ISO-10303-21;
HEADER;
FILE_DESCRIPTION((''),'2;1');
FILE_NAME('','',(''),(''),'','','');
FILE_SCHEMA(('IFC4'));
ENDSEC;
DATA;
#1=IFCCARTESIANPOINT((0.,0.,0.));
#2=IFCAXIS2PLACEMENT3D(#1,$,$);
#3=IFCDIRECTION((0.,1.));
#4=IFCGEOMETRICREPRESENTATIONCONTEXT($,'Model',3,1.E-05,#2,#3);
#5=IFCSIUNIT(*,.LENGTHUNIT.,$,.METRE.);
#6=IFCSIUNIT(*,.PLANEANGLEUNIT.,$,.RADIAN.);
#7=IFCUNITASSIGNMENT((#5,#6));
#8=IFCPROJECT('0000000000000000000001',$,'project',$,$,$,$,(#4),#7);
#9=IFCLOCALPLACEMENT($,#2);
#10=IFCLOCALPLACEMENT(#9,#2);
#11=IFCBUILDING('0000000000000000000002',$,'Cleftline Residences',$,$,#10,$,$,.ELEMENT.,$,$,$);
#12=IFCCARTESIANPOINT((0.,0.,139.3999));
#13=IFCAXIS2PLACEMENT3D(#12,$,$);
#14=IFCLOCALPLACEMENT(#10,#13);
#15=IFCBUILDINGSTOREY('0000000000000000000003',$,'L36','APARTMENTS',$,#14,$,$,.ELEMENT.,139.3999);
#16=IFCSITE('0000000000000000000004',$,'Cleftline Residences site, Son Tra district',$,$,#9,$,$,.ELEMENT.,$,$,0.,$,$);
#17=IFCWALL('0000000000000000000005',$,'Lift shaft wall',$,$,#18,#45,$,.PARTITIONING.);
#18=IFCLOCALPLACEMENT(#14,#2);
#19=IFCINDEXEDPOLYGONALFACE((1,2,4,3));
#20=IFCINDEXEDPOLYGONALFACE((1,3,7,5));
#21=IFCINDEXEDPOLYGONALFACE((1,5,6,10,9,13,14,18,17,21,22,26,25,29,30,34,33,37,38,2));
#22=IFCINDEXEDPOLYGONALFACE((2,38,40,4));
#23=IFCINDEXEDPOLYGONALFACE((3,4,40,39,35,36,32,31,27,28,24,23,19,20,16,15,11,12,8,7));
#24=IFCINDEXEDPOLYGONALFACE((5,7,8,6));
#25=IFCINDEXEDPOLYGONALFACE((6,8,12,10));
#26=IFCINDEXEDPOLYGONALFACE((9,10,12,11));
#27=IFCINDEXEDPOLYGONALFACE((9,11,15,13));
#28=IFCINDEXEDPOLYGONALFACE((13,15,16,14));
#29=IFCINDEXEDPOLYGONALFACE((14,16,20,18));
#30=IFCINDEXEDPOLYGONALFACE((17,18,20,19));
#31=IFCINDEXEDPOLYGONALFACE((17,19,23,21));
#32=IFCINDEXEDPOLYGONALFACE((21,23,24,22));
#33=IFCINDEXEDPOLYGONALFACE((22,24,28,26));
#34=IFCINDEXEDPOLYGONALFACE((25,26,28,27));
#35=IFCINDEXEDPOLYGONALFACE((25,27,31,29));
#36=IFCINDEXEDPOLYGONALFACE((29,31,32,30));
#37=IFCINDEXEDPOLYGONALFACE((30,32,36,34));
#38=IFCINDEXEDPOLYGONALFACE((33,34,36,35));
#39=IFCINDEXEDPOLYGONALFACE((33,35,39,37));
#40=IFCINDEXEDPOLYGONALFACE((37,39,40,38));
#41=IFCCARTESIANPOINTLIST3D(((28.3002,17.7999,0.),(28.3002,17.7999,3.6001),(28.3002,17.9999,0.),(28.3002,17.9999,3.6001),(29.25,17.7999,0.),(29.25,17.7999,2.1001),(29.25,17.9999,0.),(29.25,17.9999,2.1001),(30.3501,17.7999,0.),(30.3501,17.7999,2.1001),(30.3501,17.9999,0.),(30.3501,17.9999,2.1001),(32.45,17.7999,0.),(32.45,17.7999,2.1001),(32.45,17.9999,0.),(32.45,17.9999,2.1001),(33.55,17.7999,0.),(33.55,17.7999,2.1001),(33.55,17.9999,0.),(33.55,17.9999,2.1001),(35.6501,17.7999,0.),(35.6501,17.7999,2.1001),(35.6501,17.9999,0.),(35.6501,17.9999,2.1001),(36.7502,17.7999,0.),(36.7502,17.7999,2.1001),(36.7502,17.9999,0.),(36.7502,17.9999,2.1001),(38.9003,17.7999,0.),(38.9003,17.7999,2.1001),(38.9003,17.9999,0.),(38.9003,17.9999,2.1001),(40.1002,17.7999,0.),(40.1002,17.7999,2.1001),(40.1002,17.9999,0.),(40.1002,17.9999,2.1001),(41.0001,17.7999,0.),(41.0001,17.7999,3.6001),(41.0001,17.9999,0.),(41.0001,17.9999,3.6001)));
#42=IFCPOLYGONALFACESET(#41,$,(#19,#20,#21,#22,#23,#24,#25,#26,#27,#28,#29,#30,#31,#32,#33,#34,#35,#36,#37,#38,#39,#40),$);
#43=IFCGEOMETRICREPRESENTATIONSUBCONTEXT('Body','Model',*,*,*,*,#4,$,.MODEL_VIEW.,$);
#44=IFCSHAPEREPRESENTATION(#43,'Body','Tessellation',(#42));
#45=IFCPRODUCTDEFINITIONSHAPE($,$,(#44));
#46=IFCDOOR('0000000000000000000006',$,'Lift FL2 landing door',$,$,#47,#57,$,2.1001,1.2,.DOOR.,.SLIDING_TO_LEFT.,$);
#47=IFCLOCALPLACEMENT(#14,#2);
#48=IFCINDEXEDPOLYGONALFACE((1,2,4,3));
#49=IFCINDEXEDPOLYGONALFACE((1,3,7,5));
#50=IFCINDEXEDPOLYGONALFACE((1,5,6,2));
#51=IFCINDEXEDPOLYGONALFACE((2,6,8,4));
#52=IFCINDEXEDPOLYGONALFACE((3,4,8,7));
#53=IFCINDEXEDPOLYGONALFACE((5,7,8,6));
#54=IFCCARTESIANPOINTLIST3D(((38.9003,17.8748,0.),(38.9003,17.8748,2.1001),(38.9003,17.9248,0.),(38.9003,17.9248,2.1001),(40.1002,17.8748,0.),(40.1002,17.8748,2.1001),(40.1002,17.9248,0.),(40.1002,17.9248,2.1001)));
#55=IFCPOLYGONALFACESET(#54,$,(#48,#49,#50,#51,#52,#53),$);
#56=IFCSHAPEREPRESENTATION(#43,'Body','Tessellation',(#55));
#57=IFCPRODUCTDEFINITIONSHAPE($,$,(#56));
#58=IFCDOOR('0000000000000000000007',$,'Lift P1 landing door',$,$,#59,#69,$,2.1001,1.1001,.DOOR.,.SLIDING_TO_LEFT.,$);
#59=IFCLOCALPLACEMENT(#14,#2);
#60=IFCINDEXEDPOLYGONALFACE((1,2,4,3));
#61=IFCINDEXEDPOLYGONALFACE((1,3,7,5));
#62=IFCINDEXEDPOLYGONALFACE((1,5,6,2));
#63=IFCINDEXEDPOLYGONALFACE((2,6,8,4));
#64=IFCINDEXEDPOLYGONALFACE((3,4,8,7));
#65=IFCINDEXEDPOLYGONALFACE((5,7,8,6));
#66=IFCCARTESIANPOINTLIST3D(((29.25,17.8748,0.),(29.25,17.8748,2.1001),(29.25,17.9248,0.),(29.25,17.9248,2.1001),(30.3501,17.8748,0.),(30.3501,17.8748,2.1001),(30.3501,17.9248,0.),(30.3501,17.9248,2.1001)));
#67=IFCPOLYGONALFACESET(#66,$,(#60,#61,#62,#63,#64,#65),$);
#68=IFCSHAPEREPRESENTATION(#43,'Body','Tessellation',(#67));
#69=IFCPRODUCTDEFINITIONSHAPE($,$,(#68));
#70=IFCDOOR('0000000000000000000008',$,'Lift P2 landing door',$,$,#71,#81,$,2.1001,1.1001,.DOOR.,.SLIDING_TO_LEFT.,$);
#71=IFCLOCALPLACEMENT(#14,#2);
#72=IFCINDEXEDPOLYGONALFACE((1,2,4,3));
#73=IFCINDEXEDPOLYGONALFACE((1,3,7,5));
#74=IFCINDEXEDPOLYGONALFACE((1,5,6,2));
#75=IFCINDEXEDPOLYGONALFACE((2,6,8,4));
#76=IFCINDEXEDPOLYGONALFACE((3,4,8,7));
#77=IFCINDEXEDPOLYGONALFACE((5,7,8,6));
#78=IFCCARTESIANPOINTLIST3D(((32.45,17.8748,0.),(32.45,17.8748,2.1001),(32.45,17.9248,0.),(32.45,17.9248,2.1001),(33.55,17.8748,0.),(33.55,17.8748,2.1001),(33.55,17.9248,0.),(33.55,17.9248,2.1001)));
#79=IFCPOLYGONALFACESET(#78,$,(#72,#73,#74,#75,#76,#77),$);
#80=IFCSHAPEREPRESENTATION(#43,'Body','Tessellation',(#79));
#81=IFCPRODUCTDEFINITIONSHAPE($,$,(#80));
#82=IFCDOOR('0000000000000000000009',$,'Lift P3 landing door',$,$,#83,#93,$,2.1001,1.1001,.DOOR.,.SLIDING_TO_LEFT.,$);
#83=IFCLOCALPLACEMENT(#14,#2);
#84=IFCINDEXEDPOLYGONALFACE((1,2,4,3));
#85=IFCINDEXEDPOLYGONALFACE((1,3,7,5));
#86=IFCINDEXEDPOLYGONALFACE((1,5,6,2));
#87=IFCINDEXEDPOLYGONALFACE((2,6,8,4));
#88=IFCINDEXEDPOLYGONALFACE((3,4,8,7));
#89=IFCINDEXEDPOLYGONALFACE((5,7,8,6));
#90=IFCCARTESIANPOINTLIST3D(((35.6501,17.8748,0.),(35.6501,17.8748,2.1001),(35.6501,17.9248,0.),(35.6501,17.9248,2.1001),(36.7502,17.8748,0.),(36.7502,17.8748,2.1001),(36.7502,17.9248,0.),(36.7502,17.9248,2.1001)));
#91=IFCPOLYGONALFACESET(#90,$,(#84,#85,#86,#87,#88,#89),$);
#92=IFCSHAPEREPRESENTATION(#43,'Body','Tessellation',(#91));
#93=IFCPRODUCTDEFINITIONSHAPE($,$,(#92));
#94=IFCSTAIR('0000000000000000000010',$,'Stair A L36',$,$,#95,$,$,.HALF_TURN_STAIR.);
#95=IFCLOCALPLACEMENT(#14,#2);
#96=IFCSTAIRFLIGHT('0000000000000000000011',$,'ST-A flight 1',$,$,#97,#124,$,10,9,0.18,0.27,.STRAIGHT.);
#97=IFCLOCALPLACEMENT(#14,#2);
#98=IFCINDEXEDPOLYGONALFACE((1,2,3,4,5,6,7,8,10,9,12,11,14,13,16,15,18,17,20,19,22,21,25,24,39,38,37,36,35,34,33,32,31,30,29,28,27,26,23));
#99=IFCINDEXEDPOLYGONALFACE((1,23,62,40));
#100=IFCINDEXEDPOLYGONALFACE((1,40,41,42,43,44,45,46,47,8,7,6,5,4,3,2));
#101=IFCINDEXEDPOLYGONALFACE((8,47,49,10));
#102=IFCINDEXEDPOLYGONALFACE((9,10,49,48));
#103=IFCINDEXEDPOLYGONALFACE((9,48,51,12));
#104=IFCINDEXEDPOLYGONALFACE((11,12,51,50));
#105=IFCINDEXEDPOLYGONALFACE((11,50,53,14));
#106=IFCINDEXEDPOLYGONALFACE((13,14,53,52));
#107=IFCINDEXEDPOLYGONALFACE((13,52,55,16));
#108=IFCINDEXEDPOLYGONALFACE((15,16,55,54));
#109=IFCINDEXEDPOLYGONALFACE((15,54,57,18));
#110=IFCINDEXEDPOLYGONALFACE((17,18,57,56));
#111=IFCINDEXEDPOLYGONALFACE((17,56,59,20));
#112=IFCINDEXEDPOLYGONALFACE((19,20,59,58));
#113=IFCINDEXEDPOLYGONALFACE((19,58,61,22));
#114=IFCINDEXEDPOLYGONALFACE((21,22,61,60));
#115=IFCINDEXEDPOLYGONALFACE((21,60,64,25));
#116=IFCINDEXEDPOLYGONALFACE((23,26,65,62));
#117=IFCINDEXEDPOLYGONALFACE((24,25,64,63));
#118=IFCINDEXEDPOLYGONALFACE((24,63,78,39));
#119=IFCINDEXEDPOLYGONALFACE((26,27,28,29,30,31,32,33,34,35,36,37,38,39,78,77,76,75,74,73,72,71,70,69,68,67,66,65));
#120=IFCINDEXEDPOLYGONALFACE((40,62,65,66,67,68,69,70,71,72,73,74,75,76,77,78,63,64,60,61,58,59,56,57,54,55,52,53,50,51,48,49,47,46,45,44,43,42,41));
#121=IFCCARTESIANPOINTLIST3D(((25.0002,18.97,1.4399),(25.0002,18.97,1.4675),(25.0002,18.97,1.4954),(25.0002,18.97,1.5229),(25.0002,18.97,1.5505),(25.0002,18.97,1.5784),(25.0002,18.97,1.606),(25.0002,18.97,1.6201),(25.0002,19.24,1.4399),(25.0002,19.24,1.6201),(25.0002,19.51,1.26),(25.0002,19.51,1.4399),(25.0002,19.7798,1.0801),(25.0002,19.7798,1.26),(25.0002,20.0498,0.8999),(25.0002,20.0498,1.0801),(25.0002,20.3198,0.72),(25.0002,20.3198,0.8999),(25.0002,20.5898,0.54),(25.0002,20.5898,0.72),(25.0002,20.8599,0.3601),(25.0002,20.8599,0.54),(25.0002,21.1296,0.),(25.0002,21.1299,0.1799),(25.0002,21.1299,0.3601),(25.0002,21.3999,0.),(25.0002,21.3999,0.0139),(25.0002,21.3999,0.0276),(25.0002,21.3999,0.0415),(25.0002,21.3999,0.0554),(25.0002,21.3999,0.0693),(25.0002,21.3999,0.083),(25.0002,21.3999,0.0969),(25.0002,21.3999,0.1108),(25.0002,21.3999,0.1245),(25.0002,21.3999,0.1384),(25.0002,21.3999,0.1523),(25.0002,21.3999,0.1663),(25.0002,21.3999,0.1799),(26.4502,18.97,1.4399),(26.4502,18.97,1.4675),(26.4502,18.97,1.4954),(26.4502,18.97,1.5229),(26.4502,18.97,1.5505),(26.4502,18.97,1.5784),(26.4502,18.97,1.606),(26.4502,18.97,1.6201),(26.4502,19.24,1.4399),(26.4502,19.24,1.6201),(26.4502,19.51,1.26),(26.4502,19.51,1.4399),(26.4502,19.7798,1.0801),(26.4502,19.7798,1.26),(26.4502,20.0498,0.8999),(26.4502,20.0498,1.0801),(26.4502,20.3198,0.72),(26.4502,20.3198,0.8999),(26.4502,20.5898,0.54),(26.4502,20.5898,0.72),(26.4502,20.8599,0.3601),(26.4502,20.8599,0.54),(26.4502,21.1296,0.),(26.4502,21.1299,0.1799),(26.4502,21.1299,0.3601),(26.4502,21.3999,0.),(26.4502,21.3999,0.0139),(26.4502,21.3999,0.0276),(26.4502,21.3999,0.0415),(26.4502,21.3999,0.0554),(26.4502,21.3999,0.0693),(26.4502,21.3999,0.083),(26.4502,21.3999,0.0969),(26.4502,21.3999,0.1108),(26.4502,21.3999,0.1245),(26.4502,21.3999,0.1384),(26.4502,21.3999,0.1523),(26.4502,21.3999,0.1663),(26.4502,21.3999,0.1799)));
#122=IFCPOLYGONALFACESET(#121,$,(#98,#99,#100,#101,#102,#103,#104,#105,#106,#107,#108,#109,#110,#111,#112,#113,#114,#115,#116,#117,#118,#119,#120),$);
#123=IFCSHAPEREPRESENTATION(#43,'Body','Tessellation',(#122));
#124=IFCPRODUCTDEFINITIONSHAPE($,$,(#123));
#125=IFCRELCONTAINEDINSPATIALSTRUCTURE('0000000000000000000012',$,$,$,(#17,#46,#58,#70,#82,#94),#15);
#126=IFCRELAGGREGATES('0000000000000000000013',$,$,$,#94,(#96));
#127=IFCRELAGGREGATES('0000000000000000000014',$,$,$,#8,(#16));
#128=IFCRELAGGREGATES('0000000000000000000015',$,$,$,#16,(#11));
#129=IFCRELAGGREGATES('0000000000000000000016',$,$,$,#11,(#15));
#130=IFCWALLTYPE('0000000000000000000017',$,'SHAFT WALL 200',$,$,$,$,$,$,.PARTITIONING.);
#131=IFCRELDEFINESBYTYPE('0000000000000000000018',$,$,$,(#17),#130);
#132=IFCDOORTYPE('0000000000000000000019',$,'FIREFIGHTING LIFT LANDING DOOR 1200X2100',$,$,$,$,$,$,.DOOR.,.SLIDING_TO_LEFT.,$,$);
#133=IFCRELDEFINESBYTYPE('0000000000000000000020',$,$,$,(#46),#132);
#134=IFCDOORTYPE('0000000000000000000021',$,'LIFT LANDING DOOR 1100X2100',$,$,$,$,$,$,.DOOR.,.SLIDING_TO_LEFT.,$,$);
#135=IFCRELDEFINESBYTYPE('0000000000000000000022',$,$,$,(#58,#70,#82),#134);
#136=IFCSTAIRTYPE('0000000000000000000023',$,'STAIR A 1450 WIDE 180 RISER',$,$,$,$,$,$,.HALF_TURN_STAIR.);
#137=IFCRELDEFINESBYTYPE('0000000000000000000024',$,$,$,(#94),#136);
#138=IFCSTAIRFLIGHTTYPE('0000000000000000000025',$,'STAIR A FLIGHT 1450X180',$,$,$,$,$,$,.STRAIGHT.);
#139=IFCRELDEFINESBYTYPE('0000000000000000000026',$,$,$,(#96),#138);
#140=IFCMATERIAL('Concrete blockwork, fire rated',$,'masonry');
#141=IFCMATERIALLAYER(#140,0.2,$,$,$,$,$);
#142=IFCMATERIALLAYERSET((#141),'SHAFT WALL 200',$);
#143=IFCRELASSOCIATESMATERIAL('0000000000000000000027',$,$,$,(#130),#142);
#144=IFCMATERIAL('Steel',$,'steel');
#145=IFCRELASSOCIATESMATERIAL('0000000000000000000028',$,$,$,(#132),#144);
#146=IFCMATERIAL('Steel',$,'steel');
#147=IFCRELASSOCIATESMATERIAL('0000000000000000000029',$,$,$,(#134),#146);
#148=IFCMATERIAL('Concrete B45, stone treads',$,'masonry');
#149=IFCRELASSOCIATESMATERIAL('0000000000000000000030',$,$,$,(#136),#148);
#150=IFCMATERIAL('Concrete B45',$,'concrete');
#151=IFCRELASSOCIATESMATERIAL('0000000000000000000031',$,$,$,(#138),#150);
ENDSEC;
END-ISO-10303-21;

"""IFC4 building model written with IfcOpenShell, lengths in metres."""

from ifc_helpers import new_model, si_unit, direction, frame, frame_2d, origin, place, context, subcontext, project, spatial, polyline, rectangle, outline, extrude, material, layer, layer_set, type_object, element, fill, aggregate, save


model = new_model("IFC4")

# Units and contexts
model_context = context("Model", 3, precision=1e-05, world=origin(), true_north=direction((0.0, 1.0)))
body_context = subcontext(model_context, "Body", "Model", "MODEL_VIEW")
ifc_project = project(units=[si_unit("LENGTHUNIT", "METRE"), si_unit("PLANEANGLEUNIT", "RADIAN")], contexts=[model_context])

# Site, building, storey
site_placement = place(None, origin())
site = spatial("IfcSite", under=ifc_project, at=site_placement, Name="Cleftline Residences site, Son Tra district", CompositionType="ELEMENT", RefElevation=0.0)
building_placement = place(site_placement, origin())
building = spatial("IfcBuilding", under=site, at=building_placement, Name="Cleftline Residences", CompositionType="ELEMENT")
storey_placement = place(building_placement, frame((0.0, 0.0, 139.3999)))
storey = spatial("IfcBuildingStorey", under=building, at=storey_placement, Name="L36", Description="APARTMENTS", CompositionType="ELEMENT", Elevation=139.3999)

# Wall, openings, doors
ifc_material_1 = material(Name="Concrete blockwork, fire rated", Category="masonry")
ifc_layer_1 = layer(ifc_material_1, 0.2)
ifc_layer_set_1 = layer_set([ifc_layer_1], Name="SHAFT WALL 200")
wall_type_1 = type_object("IfcWallType", Name="SHAFT WALL 200", PredefinedType="PARTITIONING", material=ifc_layer_set_1)
wall_1_placement = place(storey_placement, frame((28.3, 17.8999, 0.0), z_axis=(0.0, 0.0, 1.0), x_axis=(1.0, 0.0, 0.0)))
wall_1 = element("IfcWall", 1, at=wall_1_placement, inside=storey, type_object=wall_type_1, Name="Lift shaft wall", PredefinedType="PARTITIONING", context=body_context, shape_type="SweptSolid", body=[
    extrude(rectangle(XDim=12.7, YDim=0.2, at=frame_2d((6.3501, 0.0))), origin(), (0.0, 0.0, 1.0), 3.6001),
])
opening_1_placement = place(wall_1_placement, frame((0.95, 0.0, 0.0)))
opening_1 = element("IfcOpeningElement", 2, at=opening_1_placement, cuts=wall_1, PredefinedType="OPENING", context=body_context, shape_type="SweptSolid", body=[
    extrude(rectangle(XDim=1.1001, YDim=2.1001, at=frame_2d((0.55, 1.05))), frame((0.0, 0.1099, 0.0), z_axis=(0.0, -1.0, 0.0), x_axis=(1.0, 0.0, 0.0)), (0.0, 0.0, 1.0), 0.22),
])
opening_2_placement = place(wall_1_placement, frame((4.1499, 0.0, 0.0)))
opening_2 = element("IfcOpeningElement", 3, at=opening_2_placement, cuts=wall_1, PredefinedType="OPENING", context=body_context, shape_type="SweptSolid", body=[
    extrude(rectangle(XDim=1.1001, YDim=2.1001, at=frame_2d((0.55, 1.05))), frame((0.0, 0.1099, 0.0), z_axis=(0.0, -1.0, 0.0), x_axis=(1.0, 0.0, 0.0)), (0.0, 0.0, 1.0), 0.22),
])
opening_3_placement = place(wall_1_placement, frame((7.3501, 0.0, 0.0)))
opening_3 = element("IfcOpeningElement", 4, at=opening_3_placement, cuts=wall_1, PredefinedType="OPENING", context=body_context, shape_type="SweptSolid", body=[
    extrude(rectangle(XDim=1.1001, YDim=2.1001, at=frame_2d((0.55, 1.05))), frame((0.0, 0.1099, 0.0), z_axis=(0.0, -1.0, 0.0), x_axis=(1.0, 0.0, 0.0)), (0.0, 0.0, 1.0), 0.22),
])
opening_4_placement = place(wall_1_placement, frame((10.6001, 0.0, 0.0)))
opening_4 = element("IfcOpeningElement", 5, at=opening_4_placement, cuts=wall_1, PredefinedType="OPENING", context=body_context, shape_type="SweptSolid", body=[
    extrude(rectangle(XDim=1.2, YDim=2.1001, at=frame_2d((0.6001, 1.05))), frame((0.0, 0.1099, 0.0), z_axis=(0.0, -1.0, 0.0), x_axis=(1.0, 0.0, 0.0)), (0.0, 0.0, 1.0), 0.22),
])
ifc_material_2 = material(Name="Steel", Category="steel")
door_type_1 = type_object("IfcDoorType", Name="FIREFIGHTING LIFT LANDING DOOR 1200X2100", OperationType="SLIDING_TO_LEFT", PredefinedType="DOOR", material=ifc_material_2)
door_1_placement = place(opening_4_placement, origin())
door_1 = element("IfcDoor", 6, at=door_1_placement, inside=storey, type_object=door_type_1, Name="Lift FL2 landing door", OperationType="SLIDING_TO_LEFT", OverallHeight=2.1001, OverallWidth=1.2, PredefinedType="DOOR", context=body_context, shape_type="SweptSolid", body=[
    extrude(rectangle(XDim=1.2, YDim=2.1001, at=frame_2d((0.6001, 1.05))), frame((0.0, 0.0249, 0.0), z_axis=(0.0, -1.0, 0.0), x_axis=(1.0, 0.0, 0.0)), (0.0, 0.0, 1.0), 0.05),
])
fill(opening_4, door_1)
ifc_material_3 = material(Name="Steel", Category="steel")
door_type_2 = type_object("IfcDoorType", Name="LIFT LANDING DOOR 1100X2100", OperationType="SLIDING_TO_LEFT", PredefinedType="DOOR", material=ifc_material_3)
door_2_placement = place(opening_1_placement, origin())
door_2 = element("IfcDoor", 7, at=door_2_placement, inside=storey, type_object=door_type_2, Name="Lift P1 landing door", OperationType="SLIDING_TO_LEFT", OverallHeight=2.1001, OverallWidth=1.1001, PredefinedType="DOOR", context=body_context, shape_type="SweptSolid", body=[
    extrude(rectangle(XDim=1.1001, YDim=2.1001, at=frame_2d((0.55, 1.05))), frame((0.0, 0.0249, 0.0), z_axis=(0.0, -1.0, 0.0), x_axis=(1.0, 0.0, 0.0)), (0.0, 0.0, 1.0), 0.05),
])
fill(opening_1, door_2)
door_3_placement = place(opening_2_placement, origin())
door_3 = element("IfcDoor", 8, at=door_3_placement, inside=storey, type_object=door_type_2, Name="Lift P2 landing door", OperationType="SLIDING_TO_LEFT", OverallHeight=2.1001, OverallWidth=1.1001, PredefinedType="DOOR", context=body_context, shape_type="SweptSolid", body=[
    extrude(rectangle(XDim=1.1001, YDim=2.1001, at=frame_2d((0.55, 1.05))), frame((0.0, 0.0249, 0.0), z_axis=(0.0, -1.0, 0.0), x_axis=(1.0, 0.0, 0.0)), (0.0, 0.0, 1.0), 0.05),
])
fill(opening_2, door_3)
door_4_placement = place(opening_3_placement, origin())
door_4 = element("IfcDoor", 9, at=door_4_placement, inside=storey, type_object=door_type_2, Name="Lift P3 landing door", OperationType="SLIDING_TO_LEFT", OverallHeight=2.1001, OverallWidth=1.1001, PredefinedType="DOOR", context=body_context, shape_type="SweptSolid", body=[
    extrude(rectangle(XDim=1.1001, YDim=2.1001, at=frame_2d((0.55, 1.05))), frame((0.0, 0.0249, 0.0), z_axis=(0.0, -1.0, 0.0), x_axis=(1.0, 0.0, 0.0)), (0.0, 0.0, 1.0), 0.05),
])
fill(opening_3, door_4)

# Stair, stair flight
ifc_material_4 = material(Name="Concrete B45, stone treads", Category="masonry")
stair_type = type_object("IfcStairType", Name="STAIR A 1450 WIDE 180 RISER", PredefinedType="HALF_TURN_STAIR", material=ifc_material_4)
stair_placement = place(storey_placement, origin())
stair = element("IfcStair", 10, at=stair_placement, inside=storey, type_object=stair_type, Name="Stair A L36", PredefinedType="HALF_TURN_STAIR")
ifc_material_5 = material(Name="Concrete B45", Category="concrete")
stair_flight_type = type_object("IfcStairFlightType", Name="STAIR A FLIGHT 1450X180", PredefinedType="STRAIGHT", material=ifc_material_5)
stair_flight_1_placement = place(storey_placement, frame((25.7251, 21.3999, 0.0), z_axis=(0.0, 0.0, 1.0), x_axis=(0.0, -1.0, 0.0)))
stair_flight_1 = element("IfcStairFlight", 11, at=stair_flight_1_placement, type_object=stair_flight_type, Name="ST-A flight 1", NumberOfRisers=10, NumberOfTreads=9, PredefinedType="STRAIGHT", RiserHeight=0.18, TreadLength=0.27, context=body_context, shape_type="SweptSolid", body=[
    extrude(outline(polyline([(0.0, 0.0), (0.0, 0.0139), (0.0, 0.0276), (0.0, 0.0415), (0.0, 0.0554), (0.0, 0.0693), (0.0, 0.083), (0.0, 0.0969), (0.0, 0.1108), (0.0, 0.1245), (0.0, 0.1384), (0.0, 0.1523), (0.0, 0.1663), (0.0, 0.1799), (0.27, 0.1799), (0.27, 0.3601), (0.54, 0.3601), (0.54, 0.54), (0.8101, 0.54), (0.8101, 0.72), (1.0801, 0.72), (1.0801, 0.8999), (1.3501, 0.8999), (1.3501, 1.0801), (1.6201, 1.0801), (1.6201, 1.26), (1.8899, 1.26), (1.8899, 1.4399), (2.1599, 1.4399), (2.1599, 1.6201), (2.4299, 1.6201), (2.4299, 1.8), (2.4299, 1.7722), (2.4299, 1.7446), (2.4299, 1.7168), (2.4299, 1.6892), (2.4299, 1.6614), (2.4299, 1.6338), (2.4299, 1.606), (2.4299, 1.5784), (2.4299, 1.5505), (2.4299, 1.5229), (2.4299, 1.4954), (2.4299, 1.4675), (2.4299, 1.4399), (0.2703, 0.0), (0.0, 0.0)])), frame((0.0, 0.7251, 0.0), z_axis=(0.0, -1.0, 0.0), x_axis=(1.0, 0.0, 0.0)), (0.0, 0.0, 1.0), 1.45),
])
aggregate(stair, [stair_flight_1])

save(model, "model.ifc")
